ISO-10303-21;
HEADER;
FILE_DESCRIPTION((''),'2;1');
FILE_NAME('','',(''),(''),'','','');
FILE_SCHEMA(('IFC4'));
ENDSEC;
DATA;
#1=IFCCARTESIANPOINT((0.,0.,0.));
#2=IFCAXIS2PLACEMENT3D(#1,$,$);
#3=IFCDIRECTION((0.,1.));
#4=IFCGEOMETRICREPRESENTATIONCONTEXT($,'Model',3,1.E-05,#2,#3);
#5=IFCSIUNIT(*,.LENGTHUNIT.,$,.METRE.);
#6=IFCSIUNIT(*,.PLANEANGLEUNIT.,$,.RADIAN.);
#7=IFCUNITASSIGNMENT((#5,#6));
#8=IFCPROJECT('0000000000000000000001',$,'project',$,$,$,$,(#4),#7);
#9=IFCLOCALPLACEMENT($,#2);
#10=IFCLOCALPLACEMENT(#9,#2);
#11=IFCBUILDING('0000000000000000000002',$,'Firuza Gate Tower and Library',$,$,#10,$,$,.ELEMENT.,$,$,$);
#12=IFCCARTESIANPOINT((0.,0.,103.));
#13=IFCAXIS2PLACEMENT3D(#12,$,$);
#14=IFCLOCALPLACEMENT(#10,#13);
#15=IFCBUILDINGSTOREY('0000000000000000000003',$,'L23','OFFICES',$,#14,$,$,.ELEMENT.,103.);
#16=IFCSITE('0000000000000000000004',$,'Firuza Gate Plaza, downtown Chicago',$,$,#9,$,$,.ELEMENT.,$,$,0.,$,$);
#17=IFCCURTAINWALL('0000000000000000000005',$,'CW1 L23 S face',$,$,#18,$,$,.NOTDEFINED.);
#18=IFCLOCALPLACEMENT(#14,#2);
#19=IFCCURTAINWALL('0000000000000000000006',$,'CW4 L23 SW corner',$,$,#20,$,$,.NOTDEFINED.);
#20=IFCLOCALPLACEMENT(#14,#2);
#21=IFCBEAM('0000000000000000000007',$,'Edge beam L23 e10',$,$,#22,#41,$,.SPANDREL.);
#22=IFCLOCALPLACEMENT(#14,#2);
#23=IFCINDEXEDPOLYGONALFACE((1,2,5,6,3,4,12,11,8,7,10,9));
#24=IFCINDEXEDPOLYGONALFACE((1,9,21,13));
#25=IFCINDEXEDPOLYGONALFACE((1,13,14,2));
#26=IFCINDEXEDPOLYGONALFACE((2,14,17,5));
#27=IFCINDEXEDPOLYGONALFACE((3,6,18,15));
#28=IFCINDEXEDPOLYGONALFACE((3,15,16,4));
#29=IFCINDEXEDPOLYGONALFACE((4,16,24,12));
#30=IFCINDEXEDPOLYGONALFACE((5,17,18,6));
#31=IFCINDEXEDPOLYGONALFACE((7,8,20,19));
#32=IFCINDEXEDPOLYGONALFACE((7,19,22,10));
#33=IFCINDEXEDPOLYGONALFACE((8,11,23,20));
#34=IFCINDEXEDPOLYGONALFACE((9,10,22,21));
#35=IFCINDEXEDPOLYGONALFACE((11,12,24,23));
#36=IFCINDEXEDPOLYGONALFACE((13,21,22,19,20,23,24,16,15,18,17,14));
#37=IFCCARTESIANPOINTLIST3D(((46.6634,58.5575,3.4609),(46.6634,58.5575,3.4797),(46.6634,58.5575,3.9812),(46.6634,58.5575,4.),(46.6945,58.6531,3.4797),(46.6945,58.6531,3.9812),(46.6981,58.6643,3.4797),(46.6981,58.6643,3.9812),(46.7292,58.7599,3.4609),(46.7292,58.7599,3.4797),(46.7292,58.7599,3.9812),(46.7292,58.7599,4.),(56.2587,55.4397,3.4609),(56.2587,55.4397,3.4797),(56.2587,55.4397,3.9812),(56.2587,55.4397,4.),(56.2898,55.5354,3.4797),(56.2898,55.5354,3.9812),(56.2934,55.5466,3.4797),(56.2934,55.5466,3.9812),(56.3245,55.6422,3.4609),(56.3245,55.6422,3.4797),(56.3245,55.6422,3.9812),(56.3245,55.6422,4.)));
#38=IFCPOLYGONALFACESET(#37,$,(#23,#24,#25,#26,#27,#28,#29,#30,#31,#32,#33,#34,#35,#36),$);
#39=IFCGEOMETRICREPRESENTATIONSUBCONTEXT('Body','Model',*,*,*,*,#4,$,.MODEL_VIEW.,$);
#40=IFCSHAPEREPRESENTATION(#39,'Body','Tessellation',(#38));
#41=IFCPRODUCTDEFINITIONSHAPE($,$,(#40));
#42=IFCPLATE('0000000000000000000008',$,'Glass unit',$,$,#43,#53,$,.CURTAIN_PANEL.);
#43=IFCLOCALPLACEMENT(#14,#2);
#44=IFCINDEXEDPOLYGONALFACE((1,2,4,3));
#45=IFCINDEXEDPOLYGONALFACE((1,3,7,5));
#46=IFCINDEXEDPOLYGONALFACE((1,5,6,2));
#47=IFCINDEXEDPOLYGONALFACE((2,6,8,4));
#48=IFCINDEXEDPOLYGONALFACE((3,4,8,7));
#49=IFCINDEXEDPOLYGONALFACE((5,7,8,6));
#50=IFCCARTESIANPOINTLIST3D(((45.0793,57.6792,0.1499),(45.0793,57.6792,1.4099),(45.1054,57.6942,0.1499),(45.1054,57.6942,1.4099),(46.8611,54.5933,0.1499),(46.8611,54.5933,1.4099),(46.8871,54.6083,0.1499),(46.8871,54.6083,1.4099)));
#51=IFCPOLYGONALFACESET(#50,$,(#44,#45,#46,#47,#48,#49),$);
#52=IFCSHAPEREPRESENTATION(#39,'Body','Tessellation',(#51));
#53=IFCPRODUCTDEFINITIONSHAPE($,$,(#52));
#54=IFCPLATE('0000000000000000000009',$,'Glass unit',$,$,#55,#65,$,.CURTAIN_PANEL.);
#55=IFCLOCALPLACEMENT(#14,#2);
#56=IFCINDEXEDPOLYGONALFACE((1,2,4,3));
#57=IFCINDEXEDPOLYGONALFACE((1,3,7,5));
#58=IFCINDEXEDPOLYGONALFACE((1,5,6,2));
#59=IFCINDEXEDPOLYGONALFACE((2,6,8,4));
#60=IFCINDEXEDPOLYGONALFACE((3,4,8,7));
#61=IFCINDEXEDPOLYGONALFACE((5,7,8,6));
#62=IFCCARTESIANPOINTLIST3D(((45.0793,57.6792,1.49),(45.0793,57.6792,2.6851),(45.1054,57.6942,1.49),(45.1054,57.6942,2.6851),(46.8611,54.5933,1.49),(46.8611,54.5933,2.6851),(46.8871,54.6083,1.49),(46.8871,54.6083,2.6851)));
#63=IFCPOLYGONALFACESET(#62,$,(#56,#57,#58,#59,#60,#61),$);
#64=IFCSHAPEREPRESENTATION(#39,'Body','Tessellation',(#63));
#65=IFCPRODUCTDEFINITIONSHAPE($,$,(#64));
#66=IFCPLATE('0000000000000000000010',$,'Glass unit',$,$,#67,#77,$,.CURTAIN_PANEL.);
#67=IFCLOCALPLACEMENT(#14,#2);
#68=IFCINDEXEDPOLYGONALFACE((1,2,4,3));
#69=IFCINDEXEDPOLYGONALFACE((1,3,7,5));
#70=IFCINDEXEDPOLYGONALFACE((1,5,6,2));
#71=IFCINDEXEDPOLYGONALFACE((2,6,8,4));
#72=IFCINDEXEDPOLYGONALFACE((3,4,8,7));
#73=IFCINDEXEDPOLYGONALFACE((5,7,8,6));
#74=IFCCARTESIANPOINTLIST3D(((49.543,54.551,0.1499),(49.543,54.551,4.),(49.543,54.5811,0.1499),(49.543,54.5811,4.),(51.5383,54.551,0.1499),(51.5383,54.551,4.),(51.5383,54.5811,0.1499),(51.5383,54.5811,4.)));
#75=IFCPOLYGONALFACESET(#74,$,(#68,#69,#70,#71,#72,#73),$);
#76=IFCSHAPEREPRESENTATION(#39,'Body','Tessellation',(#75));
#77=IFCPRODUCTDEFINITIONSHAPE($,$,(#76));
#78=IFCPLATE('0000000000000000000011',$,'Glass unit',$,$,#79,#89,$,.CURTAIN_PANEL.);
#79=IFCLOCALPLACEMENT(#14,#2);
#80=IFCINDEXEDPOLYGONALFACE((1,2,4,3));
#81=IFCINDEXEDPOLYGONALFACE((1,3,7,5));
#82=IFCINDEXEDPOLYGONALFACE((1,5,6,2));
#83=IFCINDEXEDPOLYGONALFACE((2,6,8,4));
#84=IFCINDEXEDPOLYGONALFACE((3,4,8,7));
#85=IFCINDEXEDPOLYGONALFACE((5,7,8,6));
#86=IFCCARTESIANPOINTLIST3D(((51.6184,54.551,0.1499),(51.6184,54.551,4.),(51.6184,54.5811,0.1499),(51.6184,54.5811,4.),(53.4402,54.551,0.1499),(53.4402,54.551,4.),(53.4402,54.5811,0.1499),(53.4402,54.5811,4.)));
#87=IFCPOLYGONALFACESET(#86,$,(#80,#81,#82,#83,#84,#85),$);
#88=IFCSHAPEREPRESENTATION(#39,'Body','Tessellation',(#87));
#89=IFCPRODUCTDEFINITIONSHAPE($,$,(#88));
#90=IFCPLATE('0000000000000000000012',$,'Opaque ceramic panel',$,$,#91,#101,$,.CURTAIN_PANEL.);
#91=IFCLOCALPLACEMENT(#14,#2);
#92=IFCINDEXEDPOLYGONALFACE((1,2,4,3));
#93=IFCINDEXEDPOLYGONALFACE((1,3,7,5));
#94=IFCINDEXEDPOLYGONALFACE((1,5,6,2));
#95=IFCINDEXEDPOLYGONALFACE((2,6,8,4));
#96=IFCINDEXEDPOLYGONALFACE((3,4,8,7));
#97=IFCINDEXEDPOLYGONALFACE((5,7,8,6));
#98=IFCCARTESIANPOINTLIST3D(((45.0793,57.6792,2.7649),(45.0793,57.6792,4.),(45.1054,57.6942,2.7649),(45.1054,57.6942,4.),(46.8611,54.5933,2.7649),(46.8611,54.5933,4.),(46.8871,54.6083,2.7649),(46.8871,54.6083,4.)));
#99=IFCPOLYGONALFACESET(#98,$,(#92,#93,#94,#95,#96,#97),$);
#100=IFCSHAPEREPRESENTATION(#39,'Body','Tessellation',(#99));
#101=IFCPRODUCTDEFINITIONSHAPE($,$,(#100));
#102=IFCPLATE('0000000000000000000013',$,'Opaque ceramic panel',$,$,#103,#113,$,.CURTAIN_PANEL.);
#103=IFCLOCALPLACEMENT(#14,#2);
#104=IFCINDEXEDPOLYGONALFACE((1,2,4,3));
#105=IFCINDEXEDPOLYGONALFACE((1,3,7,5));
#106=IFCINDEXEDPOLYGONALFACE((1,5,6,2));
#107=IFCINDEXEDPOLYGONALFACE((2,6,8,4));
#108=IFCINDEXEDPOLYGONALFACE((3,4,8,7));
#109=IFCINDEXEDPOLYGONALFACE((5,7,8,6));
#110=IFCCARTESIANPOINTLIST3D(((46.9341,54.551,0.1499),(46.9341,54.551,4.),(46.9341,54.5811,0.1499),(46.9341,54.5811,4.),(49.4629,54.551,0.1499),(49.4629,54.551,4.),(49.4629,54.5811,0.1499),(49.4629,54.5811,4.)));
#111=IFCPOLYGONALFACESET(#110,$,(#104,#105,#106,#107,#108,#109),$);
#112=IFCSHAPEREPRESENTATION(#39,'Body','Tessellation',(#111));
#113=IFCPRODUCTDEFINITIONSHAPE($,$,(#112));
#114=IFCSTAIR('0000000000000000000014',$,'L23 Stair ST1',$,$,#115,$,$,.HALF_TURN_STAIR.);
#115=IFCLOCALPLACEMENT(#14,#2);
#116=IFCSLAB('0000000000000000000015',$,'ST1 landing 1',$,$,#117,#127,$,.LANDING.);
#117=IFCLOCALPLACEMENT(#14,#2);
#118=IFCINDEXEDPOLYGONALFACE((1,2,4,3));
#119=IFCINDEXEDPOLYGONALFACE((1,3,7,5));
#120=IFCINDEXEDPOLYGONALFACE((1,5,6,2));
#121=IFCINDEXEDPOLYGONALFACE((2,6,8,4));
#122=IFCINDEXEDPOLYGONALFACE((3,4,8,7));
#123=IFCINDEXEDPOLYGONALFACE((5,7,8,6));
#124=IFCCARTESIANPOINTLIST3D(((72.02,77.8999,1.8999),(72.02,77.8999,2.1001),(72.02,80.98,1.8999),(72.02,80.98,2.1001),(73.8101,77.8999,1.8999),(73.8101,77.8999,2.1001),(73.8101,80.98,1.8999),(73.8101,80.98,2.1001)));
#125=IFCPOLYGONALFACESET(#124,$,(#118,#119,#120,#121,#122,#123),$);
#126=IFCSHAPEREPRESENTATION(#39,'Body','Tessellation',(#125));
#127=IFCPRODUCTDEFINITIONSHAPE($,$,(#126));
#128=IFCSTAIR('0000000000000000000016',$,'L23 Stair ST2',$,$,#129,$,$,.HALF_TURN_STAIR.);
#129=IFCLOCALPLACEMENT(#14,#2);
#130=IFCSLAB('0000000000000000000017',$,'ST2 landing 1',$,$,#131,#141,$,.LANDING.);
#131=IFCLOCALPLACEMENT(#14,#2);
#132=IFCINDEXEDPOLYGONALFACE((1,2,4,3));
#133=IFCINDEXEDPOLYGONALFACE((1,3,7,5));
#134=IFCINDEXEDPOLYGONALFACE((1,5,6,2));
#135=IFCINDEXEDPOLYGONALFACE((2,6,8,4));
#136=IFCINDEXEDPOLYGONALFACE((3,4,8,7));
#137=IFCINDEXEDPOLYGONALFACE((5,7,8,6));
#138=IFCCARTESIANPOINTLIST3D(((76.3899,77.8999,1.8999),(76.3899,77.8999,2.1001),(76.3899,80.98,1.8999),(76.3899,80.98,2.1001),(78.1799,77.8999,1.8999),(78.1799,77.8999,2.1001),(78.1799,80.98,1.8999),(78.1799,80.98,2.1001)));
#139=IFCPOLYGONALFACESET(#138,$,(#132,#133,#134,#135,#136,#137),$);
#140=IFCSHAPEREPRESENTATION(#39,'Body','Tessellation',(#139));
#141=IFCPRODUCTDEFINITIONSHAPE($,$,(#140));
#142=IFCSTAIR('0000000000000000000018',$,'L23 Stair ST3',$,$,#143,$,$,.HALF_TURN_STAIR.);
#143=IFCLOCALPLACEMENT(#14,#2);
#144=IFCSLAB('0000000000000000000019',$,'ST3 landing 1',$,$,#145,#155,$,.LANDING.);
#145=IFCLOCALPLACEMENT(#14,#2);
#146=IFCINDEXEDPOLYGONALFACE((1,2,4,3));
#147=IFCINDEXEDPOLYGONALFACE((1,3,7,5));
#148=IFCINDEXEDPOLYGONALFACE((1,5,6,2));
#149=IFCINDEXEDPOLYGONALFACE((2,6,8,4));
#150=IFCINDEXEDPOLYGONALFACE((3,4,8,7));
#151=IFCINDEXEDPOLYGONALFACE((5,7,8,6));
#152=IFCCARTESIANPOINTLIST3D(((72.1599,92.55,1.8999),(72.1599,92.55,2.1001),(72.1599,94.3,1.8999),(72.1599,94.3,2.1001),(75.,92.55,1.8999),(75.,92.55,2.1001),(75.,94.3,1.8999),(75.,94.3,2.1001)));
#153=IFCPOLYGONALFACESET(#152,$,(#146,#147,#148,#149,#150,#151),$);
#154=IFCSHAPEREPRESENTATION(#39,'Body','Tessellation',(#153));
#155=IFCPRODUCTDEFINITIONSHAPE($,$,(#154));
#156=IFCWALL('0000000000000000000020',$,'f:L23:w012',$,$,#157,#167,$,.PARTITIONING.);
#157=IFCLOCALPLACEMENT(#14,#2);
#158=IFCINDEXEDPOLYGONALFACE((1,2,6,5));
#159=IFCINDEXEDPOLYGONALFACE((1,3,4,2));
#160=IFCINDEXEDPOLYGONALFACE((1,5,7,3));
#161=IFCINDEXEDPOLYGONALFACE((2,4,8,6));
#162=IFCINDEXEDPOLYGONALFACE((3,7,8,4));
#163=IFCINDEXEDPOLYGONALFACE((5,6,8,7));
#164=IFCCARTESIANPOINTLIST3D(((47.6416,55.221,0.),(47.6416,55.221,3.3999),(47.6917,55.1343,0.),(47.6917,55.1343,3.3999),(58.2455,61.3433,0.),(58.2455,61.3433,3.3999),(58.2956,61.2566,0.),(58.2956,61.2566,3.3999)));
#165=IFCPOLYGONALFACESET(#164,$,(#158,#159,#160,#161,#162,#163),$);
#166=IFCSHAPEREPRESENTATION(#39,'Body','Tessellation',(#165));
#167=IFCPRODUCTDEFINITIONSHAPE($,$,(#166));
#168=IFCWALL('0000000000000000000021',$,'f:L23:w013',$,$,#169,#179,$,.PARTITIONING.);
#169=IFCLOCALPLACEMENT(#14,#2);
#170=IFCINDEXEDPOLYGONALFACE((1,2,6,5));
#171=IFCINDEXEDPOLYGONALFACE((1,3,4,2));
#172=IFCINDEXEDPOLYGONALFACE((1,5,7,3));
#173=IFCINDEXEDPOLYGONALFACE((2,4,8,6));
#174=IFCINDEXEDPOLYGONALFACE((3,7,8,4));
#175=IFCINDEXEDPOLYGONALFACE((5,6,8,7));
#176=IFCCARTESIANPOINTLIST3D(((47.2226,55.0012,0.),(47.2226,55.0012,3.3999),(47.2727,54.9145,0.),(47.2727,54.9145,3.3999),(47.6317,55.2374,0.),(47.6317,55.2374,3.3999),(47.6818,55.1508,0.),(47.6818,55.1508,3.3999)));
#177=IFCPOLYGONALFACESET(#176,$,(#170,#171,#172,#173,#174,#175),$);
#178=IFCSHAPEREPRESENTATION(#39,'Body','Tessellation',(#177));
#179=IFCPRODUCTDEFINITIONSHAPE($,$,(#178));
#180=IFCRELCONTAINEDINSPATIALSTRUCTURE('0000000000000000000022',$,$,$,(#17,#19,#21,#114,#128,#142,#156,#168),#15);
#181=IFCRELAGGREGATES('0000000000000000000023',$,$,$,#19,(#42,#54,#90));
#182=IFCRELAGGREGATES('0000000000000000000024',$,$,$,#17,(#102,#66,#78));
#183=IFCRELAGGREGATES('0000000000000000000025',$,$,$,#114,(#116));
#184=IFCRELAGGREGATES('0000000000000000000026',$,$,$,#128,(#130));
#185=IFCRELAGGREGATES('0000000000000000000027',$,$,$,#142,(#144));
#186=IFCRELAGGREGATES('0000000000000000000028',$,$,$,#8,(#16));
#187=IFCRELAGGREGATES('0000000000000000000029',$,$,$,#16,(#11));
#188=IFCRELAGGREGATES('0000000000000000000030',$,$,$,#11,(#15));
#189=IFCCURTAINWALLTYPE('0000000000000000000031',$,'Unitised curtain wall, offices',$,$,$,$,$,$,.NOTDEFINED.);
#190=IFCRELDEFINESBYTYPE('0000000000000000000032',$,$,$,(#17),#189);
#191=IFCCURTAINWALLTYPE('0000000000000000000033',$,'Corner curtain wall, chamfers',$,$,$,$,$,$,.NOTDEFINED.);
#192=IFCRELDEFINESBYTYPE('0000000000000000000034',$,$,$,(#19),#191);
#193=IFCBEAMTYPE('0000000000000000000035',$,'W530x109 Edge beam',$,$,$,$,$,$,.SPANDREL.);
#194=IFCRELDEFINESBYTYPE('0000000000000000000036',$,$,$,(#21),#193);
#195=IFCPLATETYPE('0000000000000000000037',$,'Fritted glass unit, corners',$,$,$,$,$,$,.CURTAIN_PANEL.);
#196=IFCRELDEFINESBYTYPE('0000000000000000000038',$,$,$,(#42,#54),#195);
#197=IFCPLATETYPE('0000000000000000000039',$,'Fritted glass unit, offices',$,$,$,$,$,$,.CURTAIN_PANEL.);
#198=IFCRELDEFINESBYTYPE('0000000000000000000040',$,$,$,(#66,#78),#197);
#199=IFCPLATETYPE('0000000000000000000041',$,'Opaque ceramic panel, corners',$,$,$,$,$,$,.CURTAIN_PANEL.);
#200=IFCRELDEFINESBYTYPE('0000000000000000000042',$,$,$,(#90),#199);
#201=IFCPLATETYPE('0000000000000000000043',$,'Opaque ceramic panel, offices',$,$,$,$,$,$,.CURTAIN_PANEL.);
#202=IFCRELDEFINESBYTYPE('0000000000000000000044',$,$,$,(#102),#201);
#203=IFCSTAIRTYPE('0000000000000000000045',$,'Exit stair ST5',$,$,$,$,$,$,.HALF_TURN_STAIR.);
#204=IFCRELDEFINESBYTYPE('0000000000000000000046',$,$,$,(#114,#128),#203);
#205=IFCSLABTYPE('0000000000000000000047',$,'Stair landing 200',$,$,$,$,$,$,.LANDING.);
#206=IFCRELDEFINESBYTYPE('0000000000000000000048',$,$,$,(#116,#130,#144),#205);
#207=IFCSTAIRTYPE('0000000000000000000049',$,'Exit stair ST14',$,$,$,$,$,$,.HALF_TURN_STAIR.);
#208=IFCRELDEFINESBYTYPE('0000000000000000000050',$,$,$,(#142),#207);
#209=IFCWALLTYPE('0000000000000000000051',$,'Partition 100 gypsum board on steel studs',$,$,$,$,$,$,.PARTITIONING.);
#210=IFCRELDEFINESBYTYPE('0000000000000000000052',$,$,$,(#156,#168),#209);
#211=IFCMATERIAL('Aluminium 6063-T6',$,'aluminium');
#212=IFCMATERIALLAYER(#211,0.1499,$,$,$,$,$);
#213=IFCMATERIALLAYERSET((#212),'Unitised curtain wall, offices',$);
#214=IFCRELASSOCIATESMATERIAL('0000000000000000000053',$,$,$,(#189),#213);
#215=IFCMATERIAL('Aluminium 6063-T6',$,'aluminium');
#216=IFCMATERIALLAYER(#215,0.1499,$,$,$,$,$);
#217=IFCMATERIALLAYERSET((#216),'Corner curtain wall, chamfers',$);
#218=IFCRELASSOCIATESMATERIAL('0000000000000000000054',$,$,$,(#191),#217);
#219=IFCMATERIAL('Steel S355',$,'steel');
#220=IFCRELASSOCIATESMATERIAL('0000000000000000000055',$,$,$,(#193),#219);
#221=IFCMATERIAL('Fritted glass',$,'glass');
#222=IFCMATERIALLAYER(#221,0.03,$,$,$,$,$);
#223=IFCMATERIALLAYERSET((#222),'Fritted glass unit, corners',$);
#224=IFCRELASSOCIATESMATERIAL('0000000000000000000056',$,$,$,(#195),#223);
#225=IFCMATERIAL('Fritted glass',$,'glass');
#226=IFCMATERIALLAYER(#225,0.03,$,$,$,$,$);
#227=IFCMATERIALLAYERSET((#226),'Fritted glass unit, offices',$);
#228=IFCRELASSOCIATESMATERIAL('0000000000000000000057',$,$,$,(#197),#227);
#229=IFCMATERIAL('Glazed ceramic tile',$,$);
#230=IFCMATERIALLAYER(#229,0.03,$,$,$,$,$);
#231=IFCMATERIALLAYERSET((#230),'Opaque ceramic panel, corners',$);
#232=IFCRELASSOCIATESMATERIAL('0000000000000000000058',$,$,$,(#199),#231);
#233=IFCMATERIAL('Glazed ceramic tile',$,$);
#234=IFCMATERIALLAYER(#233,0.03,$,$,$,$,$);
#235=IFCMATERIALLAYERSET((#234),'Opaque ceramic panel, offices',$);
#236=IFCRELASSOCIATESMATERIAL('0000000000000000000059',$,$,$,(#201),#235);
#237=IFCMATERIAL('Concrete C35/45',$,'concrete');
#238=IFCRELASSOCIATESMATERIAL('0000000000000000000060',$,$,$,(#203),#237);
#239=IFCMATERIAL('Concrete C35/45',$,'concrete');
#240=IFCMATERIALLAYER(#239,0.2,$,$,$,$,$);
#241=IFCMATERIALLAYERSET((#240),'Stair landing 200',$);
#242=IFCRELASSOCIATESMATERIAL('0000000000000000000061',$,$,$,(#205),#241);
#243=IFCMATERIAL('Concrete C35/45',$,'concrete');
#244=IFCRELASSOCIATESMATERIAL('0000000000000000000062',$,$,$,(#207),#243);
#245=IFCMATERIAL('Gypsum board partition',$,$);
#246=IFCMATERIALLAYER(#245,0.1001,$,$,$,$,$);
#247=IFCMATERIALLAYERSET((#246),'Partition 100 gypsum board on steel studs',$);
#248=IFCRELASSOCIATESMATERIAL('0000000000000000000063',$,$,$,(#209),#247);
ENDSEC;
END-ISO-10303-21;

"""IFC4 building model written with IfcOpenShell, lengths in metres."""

from ifc_helpers import new_model, si_unit, direction, frame, frame_2d, origin, origin_2d, place, context, subcontext, project, spatial, polyline, rectangle, i_section, outline, extrude, material, layer, layer_set, material_profile, profile_set, type_object, element, aggregate, save


model = new_model("IFC4")

# Units and contexts
model_context = context("Model", 3, precision=1e-05, world=origin(), true_north=direction((0.0, 1.0)))
body_context = subcontext(model_context, "Body", "Model", "MODEL_VIEW")
ifc_project = project(units=[si_unit("LENGTHUNIT", "METRE"), si_unit("PLANEANGLEUNIT", "RADIAN")], contexts=[model_context])

# Site, building, storey
site_placement = place(None, origin())
site = spatial("IfcSite", under=ifc_project, at=site_placement, Name="Firuza Gate Plaza, downtown Chicago", CompositionType="ELEMENT", RefElevation=0.0)
building_placement = place(site_placement, origin())
building = spatial("IfcBuilding", under=site, at=building_placement, Name="Firuza Gate Tower and Library", CompositionType="ELEMENT")
storey_placement = place(building_placement, frame((0.0, 0.0, 103.0)))
storey = spatial("IfcBuildingStorey", under=building, at=storey_placement, Name="L23", Description="OFFICES", CompositionType="ELEMENT", Elevation=103.0)

# Curtain walls
ifc_material_1 = material(Name="Aluminium 6063-T6", Category="aluminium")
ifc_layer_1 = layer(ifc_material_1, 0.1499)
ifc_layer_set_1 = layer_set([ifc_layer_1], Name="Unitised curtain wall, offices")
curtain_wall_type_1 = type_object("IfcCurtainWallType", Name="Unitised curtain wall, offices", PredefinedType="NOTDEFINED", material=ifc_layer_set_1)
placement_1 = place(storey_placement, origin())
curtain_wall_1 = element("IfcCurtainWall", 1, at=placement_1, inside=storey, type_object=curtain_wall_type_1, Name="CW1 L23 S face", PredefinedType="NOTDEFINED")
ifc_material_2 = material(Name="Aluminium 6063-T6", Category="aluminium")
ifc_layer_2 = layer(ifc_material_2, 0.1499)
ifc_layer_set_2 = layer_set([ifc_layer_2], Name="Corner curtain wall, chamfers")
curtain_wall_type_2 = type_object("IfcCurtainWallType", Name="Corner curtain wall, chamfers", PredefinedType="NOTDEFINED", material=ifc_layer_set_2)
curtain_wall_2 = element("IfcCurtainWall", 2, at=placement_1, inside=storey, type_object=curtain_wall_type_2, Name="CW4 L23 SW corner", PredefinedType="NOTDEFINED")

# Beam
ifc_material_3 = material(Name="Steel S355", Category="steel")
ifc_material_profile_1 = material_profile(ifc_material_3, i_section(OverallWidth=0.2129, OverallDepth=0.5391, WebThickness=0.0117, FlangeThickness=0.0188, at=origin_2d()))
ifc_profile_set_1 = profile_set([ifc_material_profile_1], Name="Steel S355")
beam_type_1 = type_object("IfcBeamType", Name="W530x109 Edge beam", PredefinedType="SPANDREL", material=ifc_profile_set_1)
beam_1_placement = place(storey_placement, frame((46.6963, 58.6587, 3.7305), z_axis=(0.951056, -0.309017, 0.0), x_axis=(0.309017, 0.951056, 0.0)))
element("IfcBeam", 3, at=beam_1_placement, inside=storey, type_object=beam_type_1, Name="Edge beam L23 e10", PredefinedType="SPANDREL", context=body_context, shape_type="SweptSolid", body=[
    extrude(i_section(OverallWidth=0.2129, OverallDepth=0.5391, WebThickness=0.0117, FlangeThickness=0.0188, at=origin_2d()), origin(), (0.0, 0.0, 1.0), 10.0891),
])

# Plates
ifc_material_4 = material(Name="Fritted glass", Category="glass")
ifc_layer_3 = layer(ifc_material_4, 0.03)
ifc_layer_set_3 = layer_set([ifc_layer_3], Name="Fritted glass unit, corners")
plate_type_1 = type_object("IfcPlateType", Name="Fritted glass unit, corners", PredefinedType="CURTAIN_PANEL", material=ifc_layer_set_3)
plate_1_placement = place(storey_placement, frame((45.0793, 57.6792, 0.1499), z_axis=(-0.866017, -0.500015, 0.0), x_axis=(0.500015, -0.866017, 0.0)))
plate_1 = element("IfcPlate", 4, at=plate_1_placement, type_object=plate_type_1, Name="Glass unit", PredefinedType="CURTAIN_PANEL", context=body_context, shape_type="SweptSolid", body=[
    extrude(outline(polyline([(0.0, 0.0), (3.5634, 0.0), (3.5634, 1.26), (0.0, 1.26), (0.0, 0.0)])), origin(), (0.0, 0.0, -1.0), 0.03),
])
plate_2_placement = place(storey_placement, frame((45.0793, 57.6792, 1.49), z_axis=(-0.866017, -0.500015, 0.0), x_axis=(0.500015, -0.866017, 0.0)))
plate_2 = element("IfcPlate", 5, at=plate_2_placement, type_object=plate_type_1, Name="Glass unit", PredefinedType="CURTAIN_PANEL", context=body_context, shape_type="SweptSolid", body=[
    extrude(outline(polyline([(0.0, 0.0), (3.5634, 0.0), (3.5634, 1.1951), (0.0, 1.1951), (0.0, 0.0)])), origin(), (0.0, 0.0, -1.0), 0.03),
])
ifc_material_5 = material(Name="Fritted glass", Category="glass")
ifc_layer_4 = layer(ifc_material_5, 0.03)
ifc_layer_set_4 = layer_set([ifc_layer_4], Name="Fritted glass unit, offices")
plate_type_2 = type_object("IfcPlateType", Name="Fritted glass unit, offices", PredefinedType="CURTAIN_PANEL", material=ifc_layer_set_4)
plate_3_placement = place(storey_placement, frame((49.543, 54.551, 0.1499), z_axis=(0.0, -1.0, 0.0), x_axis=(1.0, 0.0, 0.0)))
plate_3 = element("IfcPlate", 6, at=plate_3_placement, type_object=plate_type_2, Name="Glass unit", PredefinedType="CURTAIN_PANEL", context=body_context, shape_type="SweptSolid", body=[
    extrude(outline(polyline([(0.0, 0.0), (1.9954, 0.0), (1.9954, 3.8501), (0.0, 3.8501), (0.0, 0.0)])), origin(), (0.0, 0.0, -1.0), 0.03),
])
plate_4_placement = place(storey_placement, frame((51.6184, 54.551, 0.1499), z_axis=(0.0, -1.0, 0.0), x_axis=(1.0, 0.0, 0.0)))
plate_4 = element("IfcPlate", 7, at=plate_4_placement, type_object=plate_type_2, Name="Glass unit", PredefinedType="CURTAIN_PANEL", context=body_context, shape_type="SweptSolid", body=[
    extrude(outline(polyline([(0.0, 0.0), (1.8218, 0.0), (1.8218, 3.8501), (0.0, 3.8501), (0.0, 0.0)])), origin(), (0.0, 0.0, -1.0), 0.03),
])
ifc_material_6 = material(Name="Glazed ceramic tile")
ifc_layer_5 = layer(ifc_material_6, 0.03)
ifc_layer_set_5 = layer_set([ifc_layer_5], Name="Opaque ceramic panel, corners")
plate_type_3 = type_object("IfcPlateType", Name="Opaque ceramic panel, corners", PredefinedType="CURTAIN_PANEL", material=ifc_layer_set_5)
plate_5_placement = place(storey_placement, frame((45.0793, 57.6792, 2.7649), z_axis=(-0.866017, -0.500015, 0.0), x_axis=(0.500015, -0.866017, 0.0)))
plate_5 = element("IfcPlate", 8, at=plate_5_placement, type_object=plate_type_3, Name="Opaque ceramic panel", PredefinedType="CURTAIN_PANEL", context=body_context, shape_type="SweptSolid", body=[
    extrude(outline(polyline([(0.0, 0.0), (3.5634, 0.0), (3.5634, 1.2351), (0.0, 1.2351), (0.0, 0.0)])), origin(), (0.0, 0.0, -1.0), 0.03),
])
aggregate(curtain_wall_2, [plate_1, plate_2, plate_5])
ifc_material_7 = material(Name="Glazed ceramic tile")
ifc_layer_6 = layer(ifc_material_7, 0.03)
ifc_layer_set_6 = layer_set([ifc_layer_6], Name="Opaque ceramic panel, offices")
plate_type_4 = type_object("IfcPlateType", Name="Opaque ceramic panel, offices", PredefinedType="CURTAIN_PANEL", material=ifc_layer_set_6)
plate_6_placement = place(storey_placement, frame((46.9341, 54.551, 0.1499), z_axis=(0.0, -1.0, 0.0), x_axis=(1.0, 0.0, 0.0)))
plate_6 = element("IfcPlate", 9, at=plate_6_placement, type_object=plate_type_4, Name="Opaque ceramic panel", PredefinedType="CURTAIN_PANEL", context=body_context, shape_type="SweptSolid", body=[
    extrude(outline(polyline([(0.0, 0.0), (2.5288, 0.0), (2.5288, 3.8501), (0.0, 3.8501), (0.0, 0.0)])), origin(), (0.0, 0.0, -1.0), 0.03),
])
aggregate(curtain_wall_1, [plate_6, plate_3, plate_4])

# Stairs, slabs
ifc_material_8 = material(Name="Concrete C35/45", Category="concrete")
stair_type_1 = type_object("IfcStairType", Name="Exit stair ST5", PredefinedType="HALF_TURN_STAIR", material=ifc_material_8)
stair_1 = element("IfcStair", 10, at=placement_1, inside=storey, type_object=stair_type_1, Name="L23 Stair ST1", PredefinedType="HALF_TURN_STAIR")
ifc_material_9 = material(Name="Concrete C35/45", Category="concrete")
ifc_layer_7 = layer(ifc_material_9, 0.2)
ifc_layer_set_7 = layer_set([ifc_layer_7], Name="Stair landing 200")
slab_type_1 = type_object("IfcSlabType", Name="Stair landing 200", PredefinedType="LANDING", material=ifc_layer_set_7)
placement_2 = place(storey_placement, frame((0.0, 0.0, 1.8999)))
slab_1 = element("IfcSlab", 11, at=placement_2, type_object=slab_type_1, Name="ST1 landing 1", PredefinedType="LANDING", context=body_context, shape_type="SweptSolid", body=[
    extrude(outline(polyline([(72.02, 77.8999), (73.8101, 77.8999), (73.8101, 80.98), (72.02, 80.98), (72.02, 77.8999)])), origin(), (0.0, 0.0, 1.0), 0.2002),
])
aggregate(stair_1, [slab_1])
stair_2 = element("IfcStair", 12, at=placement_1, inside=storey, type_object=stair_type_1, Name="L23 Stair ST2", PredefinedType="HALF_TURN_STAIR")
slab_2 = element("IfcSlab", 13, at=placement_2, type_object=slab_type_1, Name="ST2 landing 1", PredefinedType="LANDING", context=body_context, shape_type="SweptSolid", body=[
    extrude(outline(polyline([(78.1799, 80.98), (76.3899, 80.98), (76.3899, 77.8999), (78.1799, 77.8999), (78.1799, 80.98)])), origin(), (0.0, 0.0, 1.0), 0.2002),
])
aggregate(stair_2, [slab_2])
ifc_material_10 = material(Name="Concrete C35/45", Category="concrete")
stair_type_2 = type_object("IfcStairType", Name="Exit stair ST14", PredefinedType="HALF_TURN_STAIR", material=ifc_material_10)
stair_3 = element("IfcStair", 14, at=placement_1, inside=storey, type_object=stair_type_2, Name="L23 Stair ST3", PredefinedType="HALF_TURN_STAIR")
slab_3 = element("IfcSlab", 15, at=placement_2, type_object=slab_type_1, Name="ST3 landing 1", PredefinedType="LANDING", context=body_context, shape_type="SweptSolid", body=[
    extrude(outline(polyline([(75.0, 92.55), (75.0, 94.3), (72.1599, 94.3), (72.1599, 92.55), (75.0, 92.55)])), origin(), (0.0, 0.0, 1.0), 0.2002),
])
aggregate(stair_3, [slab_3])

# Walls
ifc_material_11 = material(Name="Gypsum board partition")
ifc_layer_8 = layer(ifc_material_11, 0.1001)
ifc_layer_set_8 = layer_set([ifc_layer_8], Name="Partition 100 gypsum board on steel studs")
wall_type = type_object("IfcWallType", Name="Partition 100 gypsum board on steel studs", PredefinedType="PARTITIONING", material=ifc_layer_set_8)
wall_1_placement = place(storey_placement, frame((47.6667, 55.1777, 0.0), z_axis=(0.0, 0.0, 1.0), x_axis=(0.866022, 0.500006, 0.0)))
element("IfcWall", 16, at=wall_1_placement, inside=storey, type_object=wall_type, Name="f:L23:w012", PredefinedType="PARTITIONING", context=body_context, shape_type="SweptSolid", body=[
    extrude(rectangle(XDim=12.2444, YDim=0.1001, at=frame_2d((6.1221, 0.0))), origin(), (0.0, 0.0, 1.0), 3.3999),
])
wall_2_placement = place(storey_placement, frame((47.2476, 54.9578, 0.0), z_axis=(0.0, 0.0, 1.0), x_axis=(0.865945, 0.50014, 0.0)))
element("IfcWall", 17, at=wall_2_placement, inside=storey, type_object=wall_type, Name="f:L23:w013", PredefinedType="PARTITIONING", context=body_context, shape_type="SweptSolid", body=[
    extrude(rectangle(XDim=0.4724, YDim=0.1001, at=frame_2d((0.2363, 0.0))), origin(), (0.0, 0.0, 1.0), 3.3999),
])

save(model, "model.ifc")
